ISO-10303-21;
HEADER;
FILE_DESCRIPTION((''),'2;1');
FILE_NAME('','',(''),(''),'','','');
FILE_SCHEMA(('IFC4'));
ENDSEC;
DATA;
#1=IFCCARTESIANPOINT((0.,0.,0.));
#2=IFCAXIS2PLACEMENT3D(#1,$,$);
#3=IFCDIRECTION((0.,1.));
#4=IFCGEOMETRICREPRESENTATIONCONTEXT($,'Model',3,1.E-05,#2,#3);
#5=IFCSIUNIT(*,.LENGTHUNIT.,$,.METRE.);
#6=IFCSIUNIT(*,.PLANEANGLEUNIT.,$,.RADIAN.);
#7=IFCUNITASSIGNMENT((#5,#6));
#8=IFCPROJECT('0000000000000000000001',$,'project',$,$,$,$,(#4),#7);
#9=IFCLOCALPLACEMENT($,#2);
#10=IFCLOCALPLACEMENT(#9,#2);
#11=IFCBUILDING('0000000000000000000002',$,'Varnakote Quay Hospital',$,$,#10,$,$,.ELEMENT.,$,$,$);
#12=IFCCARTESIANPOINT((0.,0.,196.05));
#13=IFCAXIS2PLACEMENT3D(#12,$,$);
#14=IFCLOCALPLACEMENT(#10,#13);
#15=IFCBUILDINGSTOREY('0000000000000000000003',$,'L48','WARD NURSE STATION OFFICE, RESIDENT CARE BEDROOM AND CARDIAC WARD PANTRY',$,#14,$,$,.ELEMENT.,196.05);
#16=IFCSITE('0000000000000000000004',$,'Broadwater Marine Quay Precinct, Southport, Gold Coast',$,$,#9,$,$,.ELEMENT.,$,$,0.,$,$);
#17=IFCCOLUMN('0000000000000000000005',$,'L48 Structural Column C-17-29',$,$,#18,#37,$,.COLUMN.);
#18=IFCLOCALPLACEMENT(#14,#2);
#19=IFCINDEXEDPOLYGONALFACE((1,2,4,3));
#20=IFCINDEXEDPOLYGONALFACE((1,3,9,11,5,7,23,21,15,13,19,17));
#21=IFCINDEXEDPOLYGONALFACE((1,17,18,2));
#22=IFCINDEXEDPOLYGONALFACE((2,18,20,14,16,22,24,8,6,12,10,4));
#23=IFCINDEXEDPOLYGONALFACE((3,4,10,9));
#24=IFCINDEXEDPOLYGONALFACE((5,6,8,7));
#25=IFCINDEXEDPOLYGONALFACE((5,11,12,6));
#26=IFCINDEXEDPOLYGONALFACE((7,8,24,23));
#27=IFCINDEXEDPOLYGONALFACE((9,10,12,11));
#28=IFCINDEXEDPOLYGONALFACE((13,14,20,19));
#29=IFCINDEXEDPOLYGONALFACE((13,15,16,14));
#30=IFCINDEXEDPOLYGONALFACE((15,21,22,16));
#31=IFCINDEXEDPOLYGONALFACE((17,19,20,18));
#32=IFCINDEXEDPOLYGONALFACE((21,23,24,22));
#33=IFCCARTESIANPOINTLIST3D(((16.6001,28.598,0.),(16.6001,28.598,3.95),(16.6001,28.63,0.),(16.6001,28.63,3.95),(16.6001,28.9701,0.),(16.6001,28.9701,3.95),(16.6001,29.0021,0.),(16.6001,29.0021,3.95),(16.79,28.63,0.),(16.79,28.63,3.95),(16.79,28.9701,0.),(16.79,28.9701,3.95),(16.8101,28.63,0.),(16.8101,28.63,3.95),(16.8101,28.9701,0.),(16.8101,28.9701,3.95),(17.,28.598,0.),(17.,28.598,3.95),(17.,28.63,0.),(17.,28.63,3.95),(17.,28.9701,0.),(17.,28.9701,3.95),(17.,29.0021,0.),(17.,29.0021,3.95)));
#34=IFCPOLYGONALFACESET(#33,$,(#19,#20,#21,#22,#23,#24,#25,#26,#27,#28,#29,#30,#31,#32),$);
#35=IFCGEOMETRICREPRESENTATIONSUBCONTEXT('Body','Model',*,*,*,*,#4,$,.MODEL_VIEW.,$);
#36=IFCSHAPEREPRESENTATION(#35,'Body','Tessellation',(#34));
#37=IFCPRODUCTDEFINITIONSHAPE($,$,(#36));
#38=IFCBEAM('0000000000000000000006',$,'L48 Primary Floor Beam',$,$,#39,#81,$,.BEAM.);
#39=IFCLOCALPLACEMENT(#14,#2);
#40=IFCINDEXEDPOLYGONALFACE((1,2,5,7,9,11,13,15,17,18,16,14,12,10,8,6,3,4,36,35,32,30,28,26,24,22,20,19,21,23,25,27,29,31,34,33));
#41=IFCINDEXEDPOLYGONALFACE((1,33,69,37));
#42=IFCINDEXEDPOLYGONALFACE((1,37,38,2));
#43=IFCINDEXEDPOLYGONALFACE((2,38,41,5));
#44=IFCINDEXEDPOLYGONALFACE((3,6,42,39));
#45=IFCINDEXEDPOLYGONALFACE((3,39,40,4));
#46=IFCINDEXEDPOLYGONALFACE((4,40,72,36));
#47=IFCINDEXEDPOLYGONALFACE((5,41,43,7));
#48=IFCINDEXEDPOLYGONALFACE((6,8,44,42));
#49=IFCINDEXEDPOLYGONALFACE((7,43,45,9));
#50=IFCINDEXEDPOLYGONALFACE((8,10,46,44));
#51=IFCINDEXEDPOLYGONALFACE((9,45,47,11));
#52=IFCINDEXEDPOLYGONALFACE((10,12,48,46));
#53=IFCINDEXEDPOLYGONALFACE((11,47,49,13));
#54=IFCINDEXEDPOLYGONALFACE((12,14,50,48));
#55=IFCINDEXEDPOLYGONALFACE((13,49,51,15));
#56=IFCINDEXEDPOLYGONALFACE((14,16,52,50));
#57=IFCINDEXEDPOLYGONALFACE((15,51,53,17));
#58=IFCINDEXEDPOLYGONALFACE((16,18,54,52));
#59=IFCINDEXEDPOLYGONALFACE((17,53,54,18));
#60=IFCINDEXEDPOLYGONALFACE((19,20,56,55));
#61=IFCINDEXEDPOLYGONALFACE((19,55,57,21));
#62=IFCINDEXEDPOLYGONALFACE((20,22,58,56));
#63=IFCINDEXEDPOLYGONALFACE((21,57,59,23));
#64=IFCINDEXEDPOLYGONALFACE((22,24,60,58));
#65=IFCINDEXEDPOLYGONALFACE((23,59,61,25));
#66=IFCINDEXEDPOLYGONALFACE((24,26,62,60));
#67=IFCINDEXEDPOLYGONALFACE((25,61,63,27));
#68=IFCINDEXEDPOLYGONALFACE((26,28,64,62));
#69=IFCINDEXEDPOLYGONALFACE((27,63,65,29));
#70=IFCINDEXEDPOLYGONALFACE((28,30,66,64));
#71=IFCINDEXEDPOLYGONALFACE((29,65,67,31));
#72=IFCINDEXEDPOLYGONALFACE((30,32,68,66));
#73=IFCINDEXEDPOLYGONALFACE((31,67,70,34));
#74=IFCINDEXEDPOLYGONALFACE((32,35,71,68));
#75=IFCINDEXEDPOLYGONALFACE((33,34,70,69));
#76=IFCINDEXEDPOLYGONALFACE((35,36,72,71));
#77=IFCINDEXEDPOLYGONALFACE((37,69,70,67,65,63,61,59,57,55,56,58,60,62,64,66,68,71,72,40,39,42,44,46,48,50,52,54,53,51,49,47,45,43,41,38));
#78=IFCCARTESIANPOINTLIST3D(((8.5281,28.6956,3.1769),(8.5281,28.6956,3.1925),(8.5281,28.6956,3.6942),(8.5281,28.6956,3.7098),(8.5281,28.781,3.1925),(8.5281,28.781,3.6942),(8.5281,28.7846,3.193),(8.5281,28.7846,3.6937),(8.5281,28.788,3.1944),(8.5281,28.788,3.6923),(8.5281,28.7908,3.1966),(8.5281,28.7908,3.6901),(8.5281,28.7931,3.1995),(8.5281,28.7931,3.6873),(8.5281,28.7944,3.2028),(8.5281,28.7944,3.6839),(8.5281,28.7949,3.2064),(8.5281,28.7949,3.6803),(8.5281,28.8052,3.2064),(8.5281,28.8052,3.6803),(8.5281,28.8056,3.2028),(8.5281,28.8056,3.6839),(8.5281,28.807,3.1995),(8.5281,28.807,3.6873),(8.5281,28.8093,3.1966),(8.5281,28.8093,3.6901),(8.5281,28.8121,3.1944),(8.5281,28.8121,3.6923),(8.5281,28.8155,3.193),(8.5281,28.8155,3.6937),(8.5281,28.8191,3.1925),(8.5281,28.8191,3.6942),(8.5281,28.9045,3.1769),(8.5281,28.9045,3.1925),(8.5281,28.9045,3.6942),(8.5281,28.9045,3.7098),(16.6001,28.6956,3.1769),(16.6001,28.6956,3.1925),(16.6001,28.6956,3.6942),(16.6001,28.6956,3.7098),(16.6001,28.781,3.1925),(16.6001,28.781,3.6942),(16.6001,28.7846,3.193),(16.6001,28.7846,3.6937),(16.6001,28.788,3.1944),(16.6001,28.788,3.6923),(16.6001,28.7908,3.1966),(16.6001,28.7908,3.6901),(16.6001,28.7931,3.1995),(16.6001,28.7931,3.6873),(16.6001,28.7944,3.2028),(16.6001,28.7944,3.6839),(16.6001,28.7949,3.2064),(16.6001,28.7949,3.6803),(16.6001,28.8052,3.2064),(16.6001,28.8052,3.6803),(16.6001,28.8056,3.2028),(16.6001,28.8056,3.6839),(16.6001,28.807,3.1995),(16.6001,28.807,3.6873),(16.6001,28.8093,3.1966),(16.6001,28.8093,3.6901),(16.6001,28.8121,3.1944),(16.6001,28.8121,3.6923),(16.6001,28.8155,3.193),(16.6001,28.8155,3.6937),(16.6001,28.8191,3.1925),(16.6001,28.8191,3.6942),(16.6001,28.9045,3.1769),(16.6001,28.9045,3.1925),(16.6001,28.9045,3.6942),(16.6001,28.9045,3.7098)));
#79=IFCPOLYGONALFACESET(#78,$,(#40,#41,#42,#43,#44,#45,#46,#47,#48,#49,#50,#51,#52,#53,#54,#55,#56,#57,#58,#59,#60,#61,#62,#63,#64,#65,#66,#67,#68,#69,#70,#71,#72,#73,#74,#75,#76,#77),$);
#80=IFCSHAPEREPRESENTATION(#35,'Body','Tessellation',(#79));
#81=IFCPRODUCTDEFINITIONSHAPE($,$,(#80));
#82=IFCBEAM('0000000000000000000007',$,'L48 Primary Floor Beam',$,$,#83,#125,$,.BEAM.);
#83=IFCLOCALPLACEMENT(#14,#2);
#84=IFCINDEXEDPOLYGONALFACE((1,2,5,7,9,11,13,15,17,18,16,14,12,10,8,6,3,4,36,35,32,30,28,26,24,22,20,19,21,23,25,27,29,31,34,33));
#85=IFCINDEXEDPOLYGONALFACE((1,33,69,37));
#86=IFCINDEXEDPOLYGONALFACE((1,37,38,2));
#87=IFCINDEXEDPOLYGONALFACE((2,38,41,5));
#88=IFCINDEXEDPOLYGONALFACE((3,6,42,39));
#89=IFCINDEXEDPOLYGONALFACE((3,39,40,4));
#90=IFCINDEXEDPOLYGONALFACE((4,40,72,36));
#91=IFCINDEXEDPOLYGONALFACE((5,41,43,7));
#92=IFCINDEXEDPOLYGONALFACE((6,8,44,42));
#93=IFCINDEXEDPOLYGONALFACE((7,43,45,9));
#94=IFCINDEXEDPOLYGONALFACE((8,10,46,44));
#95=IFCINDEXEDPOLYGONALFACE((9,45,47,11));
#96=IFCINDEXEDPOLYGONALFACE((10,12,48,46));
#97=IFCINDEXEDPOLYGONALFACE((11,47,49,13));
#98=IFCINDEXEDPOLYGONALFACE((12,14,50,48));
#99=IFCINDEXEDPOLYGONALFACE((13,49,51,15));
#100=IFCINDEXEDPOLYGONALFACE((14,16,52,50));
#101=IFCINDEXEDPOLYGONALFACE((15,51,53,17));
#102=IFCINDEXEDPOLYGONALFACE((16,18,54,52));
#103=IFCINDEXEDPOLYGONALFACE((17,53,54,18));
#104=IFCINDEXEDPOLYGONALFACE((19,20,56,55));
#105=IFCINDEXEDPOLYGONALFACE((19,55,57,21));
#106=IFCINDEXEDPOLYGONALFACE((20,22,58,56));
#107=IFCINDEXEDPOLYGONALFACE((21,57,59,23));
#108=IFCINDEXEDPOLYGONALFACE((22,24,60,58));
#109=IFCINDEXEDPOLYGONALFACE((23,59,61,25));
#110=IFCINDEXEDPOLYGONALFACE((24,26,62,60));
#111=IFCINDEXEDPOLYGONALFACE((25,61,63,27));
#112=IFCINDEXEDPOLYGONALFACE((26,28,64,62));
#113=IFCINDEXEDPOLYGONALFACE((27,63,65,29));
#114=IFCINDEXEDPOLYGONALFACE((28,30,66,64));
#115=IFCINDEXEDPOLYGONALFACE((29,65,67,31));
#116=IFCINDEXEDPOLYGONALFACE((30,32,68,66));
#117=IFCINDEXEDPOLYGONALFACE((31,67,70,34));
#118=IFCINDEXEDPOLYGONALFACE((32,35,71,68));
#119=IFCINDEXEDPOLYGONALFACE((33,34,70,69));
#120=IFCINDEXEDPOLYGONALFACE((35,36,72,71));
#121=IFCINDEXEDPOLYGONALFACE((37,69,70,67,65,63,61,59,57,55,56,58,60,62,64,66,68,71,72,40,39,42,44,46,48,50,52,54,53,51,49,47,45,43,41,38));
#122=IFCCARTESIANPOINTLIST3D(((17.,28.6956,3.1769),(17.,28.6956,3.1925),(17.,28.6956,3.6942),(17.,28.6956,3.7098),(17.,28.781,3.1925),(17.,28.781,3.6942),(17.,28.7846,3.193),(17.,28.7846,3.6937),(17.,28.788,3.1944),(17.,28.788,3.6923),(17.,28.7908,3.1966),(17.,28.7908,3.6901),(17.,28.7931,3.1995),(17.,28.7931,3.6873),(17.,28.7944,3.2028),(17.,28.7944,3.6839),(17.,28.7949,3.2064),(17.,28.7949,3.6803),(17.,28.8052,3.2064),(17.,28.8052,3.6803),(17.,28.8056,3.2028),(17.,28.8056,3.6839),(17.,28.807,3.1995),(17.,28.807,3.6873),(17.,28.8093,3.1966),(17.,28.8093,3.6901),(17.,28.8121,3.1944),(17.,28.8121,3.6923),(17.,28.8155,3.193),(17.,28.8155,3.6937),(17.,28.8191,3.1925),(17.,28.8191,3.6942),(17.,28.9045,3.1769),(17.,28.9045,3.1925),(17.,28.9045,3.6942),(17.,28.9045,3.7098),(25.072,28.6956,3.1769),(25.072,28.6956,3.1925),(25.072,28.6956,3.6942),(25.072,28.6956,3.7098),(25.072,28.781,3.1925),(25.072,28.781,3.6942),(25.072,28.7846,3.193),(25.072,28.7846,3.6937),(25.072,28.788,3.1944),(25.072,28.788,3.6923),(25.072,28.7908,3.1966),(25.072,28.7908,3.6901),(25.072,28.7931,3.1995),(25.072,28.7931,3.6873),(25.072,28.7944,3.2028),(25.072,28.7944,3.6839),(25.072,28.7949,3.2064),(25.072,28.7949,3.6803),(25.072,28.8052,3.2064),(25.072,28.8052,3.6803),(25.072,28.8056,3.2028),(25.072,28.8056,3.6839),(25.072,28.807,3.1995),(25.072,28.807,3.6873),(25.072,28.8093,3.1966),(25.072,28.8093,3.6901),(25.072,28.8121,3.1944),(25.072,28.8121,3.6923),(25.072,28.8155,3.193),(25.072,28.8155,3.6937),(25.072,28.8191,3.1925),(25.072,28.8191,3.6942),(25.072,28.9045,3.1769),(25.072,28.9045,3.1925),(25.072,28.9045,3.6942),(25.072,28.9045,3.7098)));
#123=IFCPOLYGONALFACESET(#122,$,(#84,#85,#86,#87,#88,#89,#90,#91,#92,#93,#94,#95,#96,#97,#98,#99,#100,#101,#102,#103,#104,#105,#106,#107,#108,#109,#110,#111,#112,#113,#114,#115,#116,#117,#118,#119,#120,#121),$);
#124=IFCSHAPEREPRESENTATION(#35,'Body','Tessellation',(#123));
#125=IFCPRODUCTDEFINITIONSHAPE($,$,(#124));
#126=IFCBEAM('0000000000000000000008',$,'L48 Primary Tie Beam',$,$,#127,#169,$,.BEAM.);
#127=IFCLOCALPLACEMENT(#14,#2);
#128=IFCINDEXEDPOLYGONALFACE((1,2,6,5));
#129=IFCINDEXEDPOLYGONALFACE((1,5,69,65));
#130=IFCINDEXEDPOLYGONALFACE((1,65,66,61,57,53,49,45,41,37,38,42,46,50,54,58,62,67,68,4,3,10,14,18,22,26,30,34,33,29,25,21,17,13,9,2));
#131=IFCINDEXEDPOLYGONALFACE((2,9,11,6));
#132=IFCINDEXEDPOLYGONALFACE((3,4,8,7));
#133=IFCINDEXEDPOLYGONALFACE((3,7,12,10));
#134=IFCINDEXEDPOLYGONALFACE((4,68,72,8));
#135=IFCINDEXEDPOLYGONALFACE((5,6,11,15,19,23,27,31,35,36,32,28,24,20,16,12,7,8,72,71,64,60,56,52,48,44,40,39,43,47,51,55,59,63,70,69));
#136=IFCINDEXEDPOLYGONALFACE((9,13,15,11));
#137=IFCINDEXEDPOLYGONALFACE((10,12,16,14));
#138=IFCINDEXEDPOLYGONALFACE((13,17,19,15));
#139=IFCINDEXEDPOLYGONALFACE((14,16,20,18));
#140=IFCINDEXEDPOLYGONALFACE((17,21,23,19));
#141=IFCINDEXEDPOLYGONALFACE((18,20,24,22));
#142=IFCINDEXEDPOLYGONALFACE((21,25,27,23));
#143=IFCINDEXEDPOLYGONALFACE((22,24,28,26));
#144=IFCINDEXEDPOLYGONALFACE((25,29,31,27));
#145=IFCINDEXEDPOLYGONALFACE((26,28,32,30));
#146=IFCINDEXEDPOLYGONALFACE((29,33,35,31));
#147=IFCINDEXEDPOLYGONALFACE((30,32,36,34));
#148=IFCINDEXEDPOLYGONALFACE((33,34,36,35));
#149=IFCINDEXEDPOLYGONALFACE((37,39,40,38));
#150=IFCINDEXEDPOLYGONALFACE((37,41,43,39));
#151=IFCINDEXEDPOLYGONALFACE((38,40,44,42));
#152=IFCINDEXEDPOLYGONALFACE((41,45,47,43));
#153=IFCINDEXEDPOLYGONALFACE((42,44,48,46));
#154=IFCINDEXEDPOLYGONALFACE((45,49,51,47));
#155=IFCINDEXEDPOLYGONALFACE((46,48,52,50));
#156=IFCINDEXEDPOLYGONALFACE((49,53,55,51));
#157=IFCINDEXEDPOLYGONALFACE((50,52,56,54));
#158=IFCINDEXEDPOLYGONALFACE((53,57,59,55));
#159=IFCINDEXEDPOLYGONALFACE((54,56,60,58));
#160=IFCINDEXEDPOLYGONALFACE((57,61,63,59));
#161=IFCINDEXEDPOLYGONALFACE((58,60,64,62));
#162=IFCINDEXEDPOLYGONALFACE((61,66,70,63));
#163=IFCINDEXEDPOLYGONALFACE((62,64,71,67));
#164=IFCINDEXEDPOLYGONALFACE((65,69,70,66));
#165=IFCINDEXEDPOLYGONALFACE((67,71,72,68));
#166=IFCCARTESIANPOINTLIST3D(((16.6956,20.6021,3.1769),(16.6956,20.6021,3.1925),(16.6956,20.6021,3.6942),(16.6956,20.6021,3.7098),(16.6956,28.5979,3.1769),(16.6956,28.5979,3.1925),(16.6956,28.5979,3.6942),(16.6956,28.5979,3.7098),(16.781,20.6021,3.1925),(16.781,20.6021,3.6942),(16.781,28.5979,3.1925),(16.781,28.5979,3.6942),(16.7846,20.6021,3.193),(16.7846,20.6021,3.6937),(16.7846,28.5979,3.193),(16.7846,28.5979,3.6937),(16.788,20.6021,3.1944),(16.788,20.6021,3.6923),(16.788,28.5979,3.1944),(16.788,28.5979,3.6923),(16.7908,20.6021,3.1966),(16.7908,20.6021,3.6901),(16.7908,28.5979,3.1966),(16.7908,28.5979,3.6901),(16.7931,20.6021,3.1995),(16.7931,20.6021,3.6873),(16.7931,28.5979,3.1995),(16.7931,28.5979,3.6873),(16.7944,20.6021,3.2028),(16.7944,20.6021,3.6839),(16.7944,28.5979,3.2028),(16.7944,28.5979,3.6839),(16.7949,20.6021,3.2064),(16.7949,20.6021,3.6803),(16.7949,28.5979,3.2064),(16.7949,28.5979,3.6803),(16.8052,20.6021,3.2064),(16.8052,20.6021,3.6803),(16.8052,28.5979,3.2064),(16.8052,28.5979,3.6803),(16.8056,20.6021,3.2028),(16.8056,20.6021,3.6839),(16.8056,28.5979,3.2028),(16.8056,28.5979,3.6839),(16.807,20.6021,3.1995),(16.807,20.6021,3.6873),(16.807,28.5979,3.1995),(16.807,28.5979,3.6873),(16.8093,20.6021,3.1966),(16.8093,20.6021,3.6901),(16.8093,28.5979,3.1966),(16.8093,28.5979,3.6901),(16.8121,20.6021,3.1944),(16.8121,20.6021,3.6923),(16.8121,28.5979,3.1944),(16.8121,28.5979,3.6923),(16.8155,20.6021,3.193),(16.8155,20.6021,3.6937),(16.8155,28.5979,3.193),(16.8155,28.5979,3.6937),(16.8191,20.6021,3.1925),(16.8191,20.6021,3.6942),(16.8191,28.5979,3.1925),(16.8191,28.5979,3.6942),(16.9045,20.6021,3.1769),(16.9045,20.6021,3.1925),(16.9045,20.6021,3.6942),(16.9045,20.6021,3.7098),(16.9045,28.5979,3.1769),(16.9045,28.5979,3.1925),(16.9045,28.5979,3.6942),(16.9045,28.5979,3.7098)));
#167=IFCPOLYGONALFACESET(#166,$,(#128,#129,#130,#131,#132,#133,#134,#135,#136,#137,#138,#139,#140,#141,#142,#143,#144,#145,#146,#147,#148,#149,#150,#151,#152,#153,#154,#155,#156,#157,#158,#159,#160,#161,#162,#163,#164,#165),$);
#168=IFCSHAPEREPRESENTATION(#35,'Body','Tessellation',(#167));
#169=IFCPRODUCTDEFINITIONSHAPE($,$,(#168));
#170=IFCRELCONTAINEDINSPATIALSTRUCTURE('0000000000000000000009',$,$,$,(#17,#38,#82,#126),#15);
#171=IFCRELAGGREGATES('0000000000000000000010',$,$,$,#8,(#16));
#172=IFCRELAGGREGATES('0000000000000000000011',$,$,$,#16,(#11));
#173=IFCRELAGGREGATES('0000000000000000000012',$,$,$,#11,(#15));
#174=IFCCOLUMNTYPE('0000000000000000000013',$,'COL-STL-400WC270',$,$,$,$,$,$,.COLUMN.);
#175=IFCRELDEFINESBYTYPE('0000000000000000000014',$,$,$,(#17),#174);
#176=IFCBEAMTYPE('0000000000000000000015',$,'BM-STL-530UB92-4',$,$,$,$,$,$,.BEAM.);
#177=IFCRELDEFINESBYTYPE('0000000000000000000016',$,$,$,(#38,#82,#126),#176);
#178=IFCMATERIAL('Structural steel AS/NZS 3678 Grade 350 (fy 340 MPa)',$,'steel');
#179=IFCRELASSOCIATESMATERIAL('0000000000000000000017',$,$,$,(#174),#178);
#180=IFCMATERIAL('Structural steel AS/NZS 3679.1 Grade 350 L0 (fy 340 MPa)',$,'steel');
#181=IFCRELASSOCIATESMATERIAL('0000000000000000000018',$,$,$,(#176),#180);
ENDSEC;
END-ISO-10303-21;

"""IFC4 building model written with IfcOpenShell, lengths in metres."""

from ifc_helpers import new_model, si_unit, direction, frame, origin, origin_2d, place, context, subcontext, project, spatial, i_section, extrude, material, material_profile, profile_set, type_object, element, save


model = new_model("IFC4")

# Units and contexts
model_context = context("Model", 3, precision=1e-05, world=origin(), true_north=direction((0.0, 1.0)))
body_context = subcontext(model_context, "Body", "Model", "MODEL_VIEW")
ifc_project = project(units=[si_unit("LENGTHUNIT", "METRE"), si_unit("PLANEANGLEUNIT", "RADIAN")], contexts=[model_context])

# Site, building, storey
site_placement = place(None, origin())
site = spatial("IfcSite", under=ifc_project, at=site_placement, Name="Broadwater Marine Quay Precinct, Southport, Gold Coast", CompositionType="ELEMENT", RefElevation=0.0)
building_placement = place(site_placement, origin())
building = spatial("IfcBuilding", under=site, at=building_placement, Name="Varnakote Quay Hospital", CompositionType="ELEMENT")
storey_placement = place(building_placement, frame((0.0, 0.0, 196.05)))
storey = spatial("IfcBuildingStorey", under=building, at=storey_placement, Name="L48", Description="WARD NURSE STATION OFFICE, RESIDENT CARE BEDROOM AND CARDIAC WARD PANTRY", CompositionType="ELEMENT", Elevation=196.05)

# Column
ifc_material_1 = material(Name="Structural steel AS/NZS 3678 Grade 350 (fy 340 MPa)", Category="steel")
ifc_material_profile_1 = material_profile(ifc_material_1, i_section(OverallWidth=0.3999, OverallDepth=0.4041, WebThickness=0.02, FlangeThickness=0.032, at=origin_2d()), Name="400WC270")
ifc_profile_set_1 = profile_set([ifc_material_profile_1], Name="Structural steel AS/NZS 3678 Grade 350 (fy 340 MPa)")
column_type = type_object("IfcColumnType", Name="COL-STL-400WC270", PredefinedType="COLUMN", material=ifc_profile_set_1)
column_placement = place(storey_placement, frame((16.8, 28.8, 0.0), z_axis=(0.0, 0.0, 1.0), x_axis=(1.0, 0.0, 0.0)))
element("IfcColumn", 1, at=column_placement, inside=storey, type_object=column_type, Name="L48 Structural Column C-17-29", PredefinedType="COLUMN", context=body_context, shape_type="SweptSolid", body=[
    extrude(i_section(OverallWidth=0.3999, OverallDepth=0.4041, WebThickness=0.02, FlangeThickness=0.032, at=origin_2d()), origin(), (0.0, 0.0, 1.0), 3.95),
])

# Beams
ifc_material_2 = material(Name="Structural steel AS/NZS 3679.1 Grade 350 L0 (fy 340 MPa)", Category="steel")
ifc_material_profile_2 = material_profile(ifc_material_2, i_section(OverallWidth=0.209, OverallDepth=0.533, WebThickness=0.0103, FlangeThickness=0.0156, FilletRadius=0.0139, at=origin_2d()), Name="530UB92.4")
ifc_profile_set_2 = profile_set([ifc_material_profile_2], Name="Structural steel AS/NZS 3679.1 Grade 350 L0 (fy 340 MPa)")
beam_type_1 = type_object("IfcBeamType", Name="BM-STL-530UB92-4", PredefinedType="BEAM", material=ifc_profile_set_2)
for number, where, z_axis, x_axis, name in (
    (2, (8.5281, 28.8, 3.4434), (1.0, 0.0, 0.0), (0.0, 1.0, 0.0), "L48 Primary Floor Beam"),
    (3, (17.0, 28.8, 3.4434), (1.0, 0.0, 0.0), (0.0, 1.0, 0.0), "L48 Primary Floor Beam"),
):
    element("IfcBeam", number, at=place(storey_placement, frame(where, z_axis=z_axis, x_axis=x_axis)), inside=storey, type_object=beam_type_1, Name=name, PredefinedType="BEAM", context=body_context, shape_type="SweptSolid", body=[
        extrude(i_section(OverallWidth=0.209, OverallDepth=0.533, WebThickness=0.0103, FlangeThickness=0.0156, FilletRadius=0.0139, at=origin_2d()), origin(), (0.0, 0.0, 1.0), 8.072),
    ])
beam_1_placement = place(storey_placement, frame((16.8, 20.6021, 3.4434), z_axis=(0.0, 1.0, 0.0), x_axis=(-1.0, 0.0, 0.0)))
element("IfcBeam", 4, at=beam_1_placement, inside=storey, type_object=beam_type_1, Name="L48 Primary Tie Beam", PredefinedType="BEAM", context=body_context, shape_type="SweptSolid", body=[
    extrude(i_section(OverallWidth=0.209, OverallDepth=0.533, WebThickness=0.0103, FlangeThickness=0.0156, FilletRadius=0.0139, at=origin_2d()), origin(), (0.0, 0.0, 1.0), 7.9958),
])

save(model, "model.ifc")
